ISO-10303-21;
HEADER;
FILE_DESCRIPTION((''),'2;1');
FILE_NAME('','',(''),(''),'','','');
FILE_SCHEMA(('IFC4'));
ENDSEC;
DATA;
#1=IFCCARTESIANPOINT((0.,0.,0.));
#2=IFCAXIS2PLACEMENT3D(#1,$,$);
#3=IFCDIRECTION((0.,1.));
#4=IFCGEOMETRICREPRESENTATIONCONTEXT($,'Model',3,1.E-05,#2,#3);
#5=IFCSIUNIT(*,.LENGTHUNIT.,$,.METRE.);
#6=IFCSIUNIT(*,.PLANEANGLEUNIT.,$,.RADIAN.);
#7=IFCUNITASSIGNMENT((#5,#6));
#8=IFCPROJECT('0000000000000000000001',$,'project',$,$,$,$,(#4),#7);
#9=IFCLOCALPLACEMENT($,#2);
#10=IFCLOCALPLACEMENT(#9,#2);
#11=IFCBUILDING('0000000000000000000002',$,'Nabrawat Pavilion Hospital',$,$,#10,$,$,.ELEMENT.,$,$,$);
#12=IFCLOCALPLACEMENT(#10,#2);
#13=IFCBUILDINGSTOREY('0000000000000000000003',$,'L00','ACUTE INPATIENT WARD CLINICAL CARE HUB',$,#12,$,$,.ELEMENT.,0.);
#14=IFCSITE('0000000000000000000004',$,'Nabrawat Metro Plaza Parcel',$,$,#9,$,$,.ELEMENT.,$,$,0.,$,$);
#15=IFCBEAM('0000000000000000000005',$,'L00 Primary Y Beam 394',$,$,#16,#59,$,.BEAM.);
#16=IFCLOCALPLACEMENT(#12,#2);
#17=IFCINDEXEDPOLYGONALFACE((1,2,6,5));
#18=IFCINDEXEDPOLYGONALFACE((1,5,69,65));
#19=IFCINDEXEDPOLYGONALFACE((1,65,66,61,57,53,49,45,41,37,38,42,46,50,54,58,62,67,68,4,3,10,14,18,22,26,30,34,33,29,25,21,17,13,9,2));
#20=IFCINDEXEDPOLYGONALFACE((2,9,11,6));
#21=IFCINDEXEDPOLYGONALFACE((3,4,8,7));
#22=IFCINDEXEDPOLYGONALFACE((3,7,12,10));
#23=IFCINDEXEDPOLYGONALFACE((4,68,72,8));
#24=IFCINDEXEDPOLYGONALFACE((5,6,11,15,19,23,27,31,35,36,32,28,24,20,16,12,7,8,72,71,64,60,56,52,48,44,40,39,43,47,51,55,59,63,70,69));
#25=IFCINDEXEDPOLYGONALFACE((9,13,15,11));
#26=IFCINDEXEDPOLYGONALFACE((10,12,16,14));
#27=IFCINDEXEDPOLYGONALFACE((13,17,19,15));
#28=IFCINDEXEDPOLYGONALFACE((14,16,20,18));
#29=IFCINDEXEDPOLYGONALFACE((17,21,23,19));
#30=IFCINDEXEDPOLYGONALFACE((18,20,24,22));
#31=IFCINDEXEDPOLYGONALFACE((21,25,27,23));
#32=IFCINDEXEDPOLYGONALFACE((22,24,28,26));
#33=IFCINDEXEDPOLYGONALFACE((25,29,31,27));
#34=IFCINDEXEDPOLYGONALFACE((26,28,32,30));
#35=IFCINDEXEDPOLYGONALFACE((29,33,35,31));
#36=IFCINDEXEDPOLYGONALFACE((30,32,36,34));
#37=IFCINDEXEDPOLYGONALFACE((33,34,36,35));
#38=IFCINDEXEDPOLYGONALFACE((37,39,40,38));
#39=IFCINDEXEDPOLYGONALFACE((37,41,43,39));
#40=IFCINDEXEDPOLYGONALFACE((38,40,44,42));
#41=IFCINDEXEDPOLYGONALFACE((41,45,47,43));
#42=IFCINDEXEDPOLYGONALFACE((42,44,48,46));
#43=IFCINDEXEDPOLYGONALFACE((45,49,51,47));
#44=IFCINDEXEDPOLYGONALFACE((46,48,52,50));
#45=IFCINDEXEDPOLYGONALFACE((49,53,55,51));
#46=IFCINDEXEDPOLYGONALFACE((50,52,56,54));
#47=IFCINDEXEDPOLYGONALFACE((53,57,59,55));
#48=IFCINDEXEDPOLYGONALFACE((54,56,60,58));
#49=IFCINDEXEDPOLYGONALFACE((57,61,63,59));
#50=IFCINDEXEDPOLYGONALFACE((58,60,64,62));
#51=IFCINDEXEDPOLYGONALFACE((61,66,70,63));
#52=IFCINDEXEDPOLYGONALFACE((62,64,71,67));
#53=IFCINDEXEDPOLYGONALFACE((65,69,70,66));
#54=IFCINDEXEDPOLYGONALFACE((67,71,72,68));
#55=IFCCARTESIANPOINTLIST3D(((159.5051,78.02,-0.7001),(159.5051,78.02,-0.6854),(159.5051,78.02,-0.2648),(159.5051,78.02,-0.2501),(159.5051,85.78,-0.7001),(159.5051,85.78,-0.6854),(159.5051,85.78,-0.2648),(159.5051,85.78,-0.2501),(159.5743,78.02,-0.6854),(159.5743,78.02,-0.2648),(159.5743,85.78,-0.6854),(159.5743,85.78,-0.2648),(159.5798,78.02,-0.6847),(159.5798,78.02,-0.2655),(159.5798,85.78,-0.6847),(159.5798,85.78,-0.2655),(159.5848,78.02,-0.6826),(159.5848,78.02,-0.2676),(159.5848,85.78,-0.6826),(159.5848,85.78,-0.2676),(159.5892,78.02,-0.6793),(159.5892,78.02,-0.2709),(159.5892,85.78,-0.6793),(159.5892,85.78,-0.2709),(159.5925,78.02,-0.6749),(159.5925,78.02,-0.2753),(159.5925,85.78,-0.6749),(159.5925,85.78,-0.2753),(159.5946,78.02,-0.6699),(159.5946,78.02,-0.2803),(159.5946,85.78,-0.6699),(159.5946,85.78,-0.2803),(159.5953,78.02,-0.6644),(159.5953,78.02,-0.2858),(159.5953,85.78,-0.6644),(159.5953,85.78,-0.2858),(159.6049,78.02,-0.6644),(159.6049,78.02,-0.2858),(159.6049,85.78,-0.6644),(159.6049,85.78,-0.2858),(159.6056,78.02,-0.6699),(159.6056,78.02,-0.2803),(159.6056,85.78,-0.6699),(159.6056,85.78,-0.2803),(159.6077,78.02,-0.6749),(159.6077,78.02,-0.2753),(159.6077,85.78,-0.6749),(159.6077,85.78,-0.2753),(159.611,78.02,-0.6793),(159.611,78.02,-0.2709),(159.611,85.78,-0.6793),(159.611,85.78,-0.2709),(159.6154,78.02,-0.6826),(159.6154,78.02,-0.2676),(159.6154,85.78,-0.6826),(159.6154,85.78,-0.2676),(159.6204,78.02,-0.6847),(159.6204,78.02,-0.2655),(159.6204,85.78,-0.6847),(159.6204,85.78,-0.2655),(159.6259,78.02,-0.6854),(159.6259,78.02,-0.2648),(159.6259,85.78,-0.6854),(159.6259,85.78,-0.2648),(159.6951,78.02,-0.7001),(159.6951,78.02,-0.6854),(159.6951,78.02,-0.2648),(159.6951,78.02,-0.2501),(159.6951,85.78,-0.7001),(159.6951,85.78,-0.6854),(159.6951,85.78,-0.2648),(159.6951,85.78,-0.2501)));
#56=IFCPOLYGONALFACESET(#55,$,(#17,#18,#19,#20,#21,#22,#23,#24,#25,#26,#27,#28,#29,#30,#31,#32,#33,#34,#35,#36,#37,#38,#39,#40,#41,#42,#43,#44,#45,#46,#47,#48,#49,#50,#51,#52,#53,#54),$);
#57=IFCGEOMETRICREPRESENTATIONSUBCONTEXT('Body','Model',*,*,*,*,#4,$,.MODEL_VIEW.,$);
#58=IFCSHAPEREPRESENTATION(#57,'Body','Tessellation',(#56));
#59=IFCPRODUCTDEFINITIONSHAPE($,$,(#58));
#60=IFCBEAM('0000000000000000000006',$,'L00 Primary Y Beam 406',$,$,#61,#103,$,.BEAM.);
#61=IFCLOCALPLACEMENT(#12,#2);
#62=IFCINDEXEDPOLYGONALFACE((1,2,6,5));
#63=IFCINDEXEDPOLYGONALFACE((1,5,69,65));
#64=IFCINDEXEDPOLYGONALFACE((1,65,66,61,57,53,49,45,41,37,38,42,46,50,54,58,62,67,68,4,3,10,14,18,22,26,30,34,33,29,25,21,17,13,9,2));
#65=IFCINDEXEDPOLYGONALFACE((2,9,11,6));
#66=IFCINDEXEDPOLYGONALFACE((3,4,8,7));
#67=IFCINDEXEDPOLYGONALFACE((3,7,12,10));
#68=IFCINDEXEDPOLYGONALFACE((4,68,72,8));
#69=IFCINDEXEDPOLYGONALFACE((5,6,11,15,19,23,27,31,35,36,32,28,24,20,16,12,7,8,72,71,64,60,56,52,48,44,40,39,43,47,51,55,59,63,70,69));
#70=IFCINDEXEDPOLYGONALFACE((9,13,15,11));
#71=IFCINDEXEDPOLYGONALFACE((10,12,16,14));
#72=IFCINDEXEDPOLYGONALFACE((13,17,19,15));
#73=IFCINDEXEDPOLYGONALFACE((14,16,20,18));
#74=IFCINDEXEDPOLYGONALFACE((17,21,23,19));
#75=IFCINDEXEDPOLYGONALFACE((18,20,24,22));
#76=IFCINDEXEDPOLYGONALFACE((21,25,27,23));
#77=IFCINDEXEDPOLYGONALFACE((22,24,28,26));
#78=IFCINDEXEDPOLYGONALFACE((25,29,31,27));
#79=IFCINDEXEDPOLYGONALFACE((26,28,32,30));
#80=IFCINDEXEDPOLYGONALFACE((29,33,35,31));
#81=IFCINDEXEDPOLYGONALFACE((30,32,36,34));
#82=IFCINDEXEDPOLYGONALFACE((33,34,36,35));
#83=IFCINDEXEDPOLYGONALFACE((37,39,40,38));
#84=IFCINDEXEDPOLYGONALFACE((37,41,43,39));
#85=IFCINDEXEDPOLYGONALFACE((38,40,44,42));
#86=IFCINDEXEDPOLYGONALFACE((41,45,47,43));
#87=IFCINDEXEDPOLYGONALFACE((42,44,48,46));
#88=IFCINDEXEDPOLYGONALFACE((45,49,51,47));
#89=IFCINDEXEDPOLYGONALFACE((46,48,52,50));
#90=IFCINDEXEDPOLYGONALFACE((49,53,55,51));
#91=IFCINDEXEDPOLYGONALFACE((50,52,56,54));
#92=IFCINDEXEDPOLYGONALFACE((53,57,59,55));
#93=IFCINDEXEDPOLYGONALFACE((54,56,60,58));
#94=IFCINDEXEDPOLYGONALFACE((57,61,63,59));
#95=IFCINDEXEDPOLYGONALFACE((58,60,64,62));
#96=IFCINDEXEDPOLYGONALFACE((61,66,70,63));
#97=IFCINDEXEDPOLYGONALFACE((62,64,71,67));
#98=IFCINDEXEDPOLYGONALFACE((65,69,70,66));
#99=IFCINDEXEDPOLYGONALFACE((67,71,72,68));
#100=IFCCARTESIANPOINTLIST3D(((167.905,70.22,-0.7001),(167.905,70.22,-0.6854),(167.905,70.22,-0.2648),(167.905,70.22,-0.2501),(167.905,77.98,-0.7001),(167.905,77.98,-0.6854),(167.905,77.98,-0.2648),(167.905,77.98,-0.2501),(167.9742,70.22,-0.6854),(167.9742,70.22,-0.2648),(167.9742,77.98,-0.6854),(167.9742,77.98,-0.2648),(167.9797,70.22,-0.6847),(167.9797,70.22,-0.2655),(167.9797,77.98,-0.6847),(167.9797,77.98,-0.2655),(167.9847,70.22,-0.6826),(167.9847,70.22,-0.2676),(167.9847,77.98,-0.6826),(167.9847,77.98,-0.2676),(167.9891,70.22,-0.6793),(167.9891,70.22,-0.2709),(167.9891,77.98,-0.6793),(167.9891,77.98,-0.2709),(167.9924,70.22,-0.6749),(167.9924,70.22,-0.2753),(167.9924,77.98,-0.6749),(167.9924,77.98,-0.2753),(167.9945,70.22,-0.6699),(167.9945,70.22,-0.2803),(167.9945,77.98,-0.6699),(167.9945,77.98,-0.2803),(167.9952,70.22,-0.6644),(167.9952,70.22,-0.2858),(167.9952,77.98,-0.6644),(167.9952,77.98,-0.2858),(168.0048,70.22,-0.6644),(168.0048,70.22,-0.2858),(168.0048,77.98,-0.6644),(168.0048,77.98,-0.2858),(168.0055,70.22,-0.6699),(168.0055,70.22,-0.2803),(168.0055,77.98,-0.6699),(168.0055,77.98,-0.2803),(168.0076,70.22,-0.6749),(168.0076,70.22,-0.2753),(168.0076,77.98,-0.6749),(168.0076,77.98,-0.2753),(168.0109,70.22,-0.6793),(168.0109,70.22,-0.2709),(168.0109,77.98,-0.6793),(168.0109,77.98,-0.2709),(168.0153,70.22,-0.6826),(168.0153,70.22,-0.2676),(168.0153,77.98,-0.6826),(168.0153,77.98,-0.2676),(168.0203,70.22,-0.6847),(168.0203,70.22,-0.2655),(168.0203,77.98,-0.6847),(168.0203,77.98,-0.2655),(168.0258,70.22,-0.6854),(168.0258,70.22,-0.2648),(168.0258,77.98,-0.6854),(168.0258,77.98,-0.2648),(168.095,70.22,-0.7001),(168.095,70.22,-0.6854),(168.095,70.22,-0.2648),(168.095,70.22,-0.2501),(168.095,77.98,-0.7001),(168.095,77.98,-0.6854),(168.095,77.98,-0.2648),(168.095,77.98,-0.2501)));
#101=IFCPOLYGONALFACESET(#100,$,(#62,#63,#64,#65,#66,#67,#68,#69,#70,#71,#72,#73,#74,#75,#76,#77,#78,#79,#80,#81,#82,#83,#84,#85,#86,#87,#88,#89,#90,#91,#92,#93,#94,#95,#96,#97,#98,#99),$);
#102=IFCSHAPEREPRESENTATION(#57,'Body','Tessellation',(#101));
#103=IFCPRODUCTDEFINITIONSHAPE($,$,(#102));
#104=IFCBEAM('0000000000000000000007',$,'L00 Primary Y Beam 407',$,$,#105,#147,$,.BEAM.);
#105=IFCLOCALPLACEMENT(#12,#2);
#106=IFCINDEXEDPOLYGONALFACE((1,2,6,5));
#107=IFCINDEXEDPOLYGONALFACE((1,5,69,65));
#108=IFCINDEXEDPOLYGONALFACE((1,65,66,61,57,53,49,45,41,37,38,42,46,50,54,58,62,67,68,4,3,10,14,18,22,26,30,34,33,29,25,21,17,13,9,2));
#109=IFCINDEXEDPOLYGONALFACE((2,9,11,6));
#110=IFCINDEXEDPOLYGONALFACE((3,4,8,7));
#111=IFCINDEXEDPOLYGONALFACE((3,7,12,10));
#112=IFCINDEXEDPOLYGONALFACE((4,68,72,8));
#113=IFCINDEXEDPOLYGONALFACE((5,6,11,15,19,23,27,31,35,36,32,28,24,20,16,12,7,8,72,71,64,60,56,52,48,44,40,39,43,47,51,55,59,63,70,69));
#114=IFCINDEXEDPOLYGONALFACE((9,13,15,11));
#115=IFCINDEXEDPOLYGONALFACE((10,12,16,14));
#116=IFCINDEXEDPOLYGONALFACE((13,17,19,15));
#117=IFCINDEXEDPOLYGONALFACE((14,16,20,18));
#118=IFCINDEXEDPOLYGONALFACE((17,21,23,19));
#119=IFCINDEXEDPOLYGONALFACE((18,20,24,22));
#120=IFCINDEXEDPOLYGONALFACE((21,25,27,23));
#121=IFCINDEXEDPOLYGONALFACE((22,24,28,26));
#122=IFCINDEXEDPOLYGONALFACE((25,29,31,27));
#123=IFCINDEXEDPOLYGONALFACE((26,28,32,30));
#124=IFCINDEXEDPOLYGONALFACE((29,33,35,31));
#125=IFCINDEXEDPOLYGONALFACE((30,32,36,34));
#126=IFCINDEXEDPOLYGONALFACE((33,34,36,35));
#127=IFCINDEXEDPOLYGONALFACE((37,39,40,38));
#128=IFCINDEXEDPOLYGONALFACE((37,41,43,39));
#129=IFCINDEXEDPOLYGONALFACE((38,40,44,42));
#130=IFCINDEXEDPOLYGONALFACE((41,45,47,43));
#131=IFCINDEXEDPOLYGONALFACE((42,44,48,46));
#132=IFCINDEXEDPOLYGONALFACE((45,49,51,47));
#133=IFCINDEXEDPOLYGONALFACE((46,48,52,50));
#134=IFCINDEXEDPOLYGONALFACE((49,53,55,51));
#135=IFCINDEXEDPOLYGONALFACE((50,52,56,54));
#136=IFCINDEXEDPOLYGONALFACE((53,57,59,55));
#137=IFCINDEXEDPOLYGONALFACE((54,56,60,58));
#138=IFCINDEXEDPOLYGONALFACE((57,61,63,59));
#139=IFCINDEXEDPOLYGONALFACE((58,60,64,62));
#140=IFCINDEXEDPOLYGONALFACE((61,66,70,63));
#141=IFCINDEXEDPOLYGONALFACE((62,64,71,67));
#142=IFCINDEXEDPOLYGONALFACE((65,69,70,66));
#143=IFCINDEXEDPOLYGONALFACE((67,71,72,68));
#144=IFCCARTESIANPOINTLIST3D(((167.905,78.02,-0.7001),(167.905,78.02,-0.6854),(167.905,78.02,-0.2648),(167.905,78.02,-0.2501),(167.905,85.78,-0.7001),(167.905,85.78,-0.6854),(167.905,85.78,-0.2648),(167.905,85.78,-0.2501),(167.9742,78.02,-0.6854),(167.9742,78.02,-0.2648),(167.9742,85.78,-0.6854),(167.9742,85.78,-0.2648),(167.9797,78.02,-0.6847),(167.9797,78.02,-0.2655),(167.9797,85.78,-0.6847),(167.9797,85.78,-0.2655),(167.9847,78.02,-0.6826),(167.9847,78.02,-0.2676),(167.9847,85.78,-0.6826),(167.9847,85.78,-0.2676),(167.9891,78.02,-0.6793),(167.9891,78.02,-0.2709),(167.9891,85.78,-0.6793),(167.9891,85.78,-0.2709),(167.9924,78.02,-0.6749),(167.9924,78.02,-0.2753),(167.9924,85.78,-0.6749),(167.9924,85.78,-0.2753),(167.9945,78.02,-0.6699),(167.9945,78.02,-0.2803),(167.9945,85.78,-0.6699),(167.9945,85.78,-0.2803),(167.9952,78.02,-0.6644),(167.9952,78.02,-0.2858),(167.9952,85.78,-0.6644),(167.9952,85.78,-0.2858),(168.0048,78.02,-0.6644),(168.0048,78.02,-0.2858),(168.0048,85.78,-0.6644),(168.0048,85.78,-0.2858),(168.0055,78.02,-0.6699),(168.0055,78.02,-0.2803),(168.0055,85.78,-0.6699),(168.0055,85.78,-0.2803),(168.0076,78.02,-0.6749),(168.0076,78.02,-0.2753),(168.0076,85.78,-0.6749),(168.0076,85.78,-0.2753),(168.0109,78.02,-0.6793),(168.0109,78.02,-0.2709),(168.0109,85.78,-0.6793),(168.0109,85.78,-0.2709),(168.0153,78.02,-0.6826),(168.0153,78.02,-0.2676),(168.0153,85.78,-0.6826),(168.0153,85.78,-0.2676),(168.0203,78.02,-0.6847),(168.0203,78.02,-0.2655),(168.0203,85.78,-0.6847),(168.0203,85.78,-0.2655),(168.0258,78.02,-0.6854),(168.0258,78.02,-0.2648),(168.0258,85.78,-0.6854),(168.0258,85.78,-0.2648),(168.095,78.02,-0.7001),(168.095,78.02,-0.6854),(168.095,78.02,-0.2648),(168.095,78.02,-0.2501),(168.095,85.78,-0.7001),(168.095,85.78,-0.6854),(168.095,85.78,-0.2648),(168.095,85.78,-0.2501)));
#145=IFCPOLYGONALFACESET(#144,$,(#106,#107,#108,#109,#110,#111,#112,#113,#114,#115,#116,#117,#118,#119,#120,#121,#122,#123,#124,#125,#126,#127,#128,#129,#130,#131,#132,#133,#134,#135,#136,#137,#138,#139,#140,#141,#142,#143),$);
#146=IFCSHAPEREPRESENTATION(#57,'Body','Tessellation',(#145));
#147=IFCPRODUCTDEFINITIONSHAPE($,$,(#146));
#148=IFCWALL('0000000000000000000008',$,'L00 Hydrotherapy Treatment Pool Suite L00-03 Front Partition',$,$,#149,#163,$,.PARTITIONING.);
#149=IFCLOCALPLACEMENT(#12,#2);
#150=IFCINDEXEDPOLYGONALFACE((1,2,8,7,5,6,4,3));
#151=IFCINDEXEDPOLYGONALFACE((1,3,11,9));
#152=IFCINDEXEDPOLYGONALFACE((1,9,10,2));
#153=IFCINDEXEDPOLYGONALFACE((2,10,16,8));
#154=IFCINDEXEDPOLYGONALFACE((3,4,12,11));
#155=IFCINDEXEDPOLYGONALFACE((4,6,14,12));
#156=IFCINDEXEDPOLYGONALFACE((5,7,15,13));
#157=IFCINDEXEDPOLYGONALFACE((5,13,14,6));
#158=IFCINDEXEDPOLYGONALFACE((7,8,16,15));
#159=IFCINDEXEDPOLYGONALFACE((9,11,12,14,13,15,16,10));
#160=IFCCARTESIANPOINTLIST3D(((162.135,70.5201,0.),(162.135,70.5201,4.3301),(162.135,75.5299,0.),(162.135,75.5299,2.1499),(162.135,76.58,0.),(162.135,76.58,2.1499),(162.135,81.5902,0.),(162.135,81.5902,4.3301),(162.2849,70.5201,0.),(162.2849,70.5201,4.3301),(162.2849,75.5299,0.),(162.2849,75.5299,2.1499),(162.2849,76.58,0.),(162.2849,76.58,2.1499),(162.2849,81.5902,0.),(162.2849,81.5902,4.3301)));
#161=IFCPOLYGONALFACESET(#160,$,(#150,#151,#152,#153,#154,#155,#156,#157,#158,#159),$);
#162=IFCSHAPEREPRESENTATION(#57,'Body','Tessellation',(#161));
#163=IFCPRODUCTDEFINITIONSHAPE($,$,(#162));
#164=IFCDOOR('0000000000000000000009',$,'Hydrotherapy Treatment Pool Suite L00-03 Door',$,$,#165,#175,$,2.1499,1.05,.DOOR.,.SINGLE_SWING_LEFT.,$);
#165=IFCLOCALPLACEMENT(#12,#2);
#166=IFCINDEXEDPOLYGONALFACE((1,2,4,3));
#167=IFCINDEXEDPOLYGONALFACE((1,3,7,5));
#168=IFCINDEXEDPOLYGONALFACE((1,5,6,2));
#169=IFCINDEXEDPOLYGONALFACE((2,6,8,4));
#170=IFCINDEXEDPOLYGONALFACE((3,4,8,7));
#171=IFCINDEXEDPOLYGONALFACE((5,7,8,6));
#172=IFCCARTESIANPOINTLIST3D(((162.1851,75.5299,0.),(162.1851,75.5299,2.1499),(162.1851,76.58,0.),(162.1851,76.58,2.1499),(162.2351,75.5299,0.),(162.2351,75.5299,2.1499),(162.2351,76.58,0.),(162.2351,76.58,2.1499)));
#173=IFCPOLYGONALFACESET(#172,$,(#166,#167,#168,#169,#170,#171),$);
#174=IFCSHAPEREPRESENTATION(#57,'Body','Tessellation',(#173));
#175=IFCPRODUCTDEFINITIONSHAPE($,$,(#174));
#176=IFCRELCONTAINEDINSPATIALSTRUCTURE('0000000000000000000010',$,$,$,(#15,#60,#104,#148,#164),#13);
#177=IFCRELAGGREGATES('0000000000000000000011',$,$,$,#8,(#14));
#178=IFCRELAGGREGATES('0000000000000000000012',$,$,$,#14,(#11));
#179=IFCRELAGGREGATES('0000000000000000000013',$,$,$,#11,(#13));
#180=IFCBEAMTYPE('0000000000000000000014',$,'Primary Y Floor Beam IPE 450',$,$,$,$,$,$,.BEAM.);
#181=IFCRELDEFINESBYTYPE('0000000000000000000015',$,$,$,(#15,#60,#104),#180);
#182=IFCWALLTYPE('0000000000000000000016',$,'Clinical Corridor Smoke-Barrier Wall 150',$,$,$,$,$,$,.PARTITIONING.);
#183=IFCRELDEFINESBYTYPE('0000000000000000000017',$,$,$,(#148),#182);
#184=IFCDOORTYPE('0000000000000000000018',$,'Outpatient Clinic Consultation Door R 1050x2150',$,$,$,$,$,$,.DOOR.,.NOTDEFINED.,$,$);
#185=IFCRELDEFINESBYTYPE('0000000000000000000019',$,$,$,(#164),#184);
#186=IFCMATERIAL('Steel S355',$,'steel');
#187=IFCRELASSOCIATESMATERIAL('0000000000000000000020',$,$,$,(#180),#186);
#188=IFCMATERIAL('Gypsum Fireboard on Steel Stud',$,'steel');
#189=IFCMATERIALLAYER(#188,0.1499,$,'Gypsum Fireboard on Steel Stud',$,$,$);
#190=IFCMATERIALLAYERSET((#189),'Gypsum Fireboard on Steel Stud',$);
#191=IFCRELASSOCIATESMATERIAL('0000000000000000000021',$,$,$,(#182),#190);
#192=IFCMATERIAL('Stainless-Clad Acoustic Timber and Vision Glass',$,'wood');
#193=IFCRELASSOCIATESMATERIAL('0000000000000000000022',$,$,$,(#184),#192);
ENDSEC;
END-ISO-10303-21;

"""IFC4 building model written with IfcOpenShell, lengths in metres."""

from ifc_helpers import new_model, si_unit, direction, frame, frame_2d, origin, origin_2d, place, context, subcontext, project, spatial, rectangle, i_section, extrude, material, layer, layer_set, material_profile, profile_set, type_object, element, fill, save


model = new_model("IFC4")

# Units and contexts
model_context = context("Model", 3, precision=1e-05, world=origin(), true_north=direction((0.0, 1.0)))
body_context = subcontext(model_context, "Body", "Model", "MODEL_VIEW")
ifc_project = project(units=[si_unit("LENGTHUNIT", "METRE"), si_unit("PLANEANGLEUNIT", "RADIAN")], contexts=[model_context])

# Site, building, storey
site_placement = place(None, origin())
site = spatial("IfcSite", under=ifc_project, at=site_placement, Name="Nabrawat Metro Plaza Parcel", CompositionType="ELEMENT", RefElevation=0.0)
building_placement = place(site_placement, origin())
building = spatial("IfcBuilding", under=site, at=building_placement, Name="Nabrawat Pavilion Hospital", CompositionType="ELEMENT")
storey_placement = place(building_placement, origin())
storey = spatial("IfcBuildingStorey", under=building, at=storey_placement, Name="L00", Description="ACUTE INPATIENT WARD CLINICAL CARE HUB", CompositionType="ELEMENT", Elevation=0.0)

# Shared definitions
ifc_material_1 = material(Name="Steel S355", Category="steel")

# Beams
ifc_material_profile_1 = material_profile(ifc_material_1, i_section(OverallWidth=0.1899, OverallDepth=0.45, WebThickness=0.0095, FlangeThickness=0.0146, FilletRadius=0.021, at=origin_2d()), Name="IPE 450")
ifc_profile_set_1 = profile_set([ifc_material_profile_1], Name="Steel S355")
beam_type_1 = type_object("IfcBeamType", Name="Primary Y Floor Beam IPE 450", PredefinedType="BEAM", material=ifc_profile_set_1)
for number, where, z_axis, x_axis, name in (
    (1, (159.6001, 78.02, -0.4751), (0.0, 1.0, 0.0), (-1.0, 0.0, 0.0), "L00 Primary Y Beam 394"),
    (2, (168.0, 70.22, -0.4751), (0.0, 1.0, 0.0), (-1.0, 0.0, 0.0), "L00 Primary Y Beam 406"),
    (3, (168.0, 78.02, -0.4751), (0.0, 1.0, 0.0), (-1.0, 0.0, 0.0), "L00 Primary Y Beam 407"),
):
    element("IfcBeam", number, at=place(storey_placement, frame(where, z_axis=z_axis, x_axis=x_axis)), inside=storey, type_object=beam_type_1, Name=name, PredefinedType="BEAM", context=body_context, shape_type="SweptSolid", body=[
        extrude(i_section(OverallWidth=0.1899, OverallDepth=0.45, WebThickness=0.0095, FlangeThickness=0.0146, FilletRadius=0.021, at=origin_2d()), origin(), (0.0, 0.0, 1.0), 7.76),
    ])

# Wall, opening, door
ifc_material_2 = material(Name="Gypsum Fireboard on Steel Stud", Category="steel")
ifc_layer_1 = layer(ifc_material_2, 0.1499, Name="Gypsum Fireboard on Steel Stud")
ifc_layer_set_1 = layer_set([ifc_layer_1], Name="Gypsum Fireboard on Steel Stud")
wall_type_1 = type_object("IfcWallType", Name="Clinical Corridor Smoke-Barrier Wall 150", PredefinedType="PARTITIONING", material=ifc_layer_set_1)
wall_1_placement = place(storey_placement, frame((162.21, 70.52, 0.0), z_axis=(0.0, 0.0, 1.0), x_axis=(0.0, 1.0, 0.0)))
wall_1 = element("IfcWall", 4, at=wall_1_placement, inside=storey, type_object=wall_type_1, Name="L00 Hydrotherapy Treatment Pool Suite L00-03 Front Partition", PredefinedType="PARTITIONING", context=body_context, shape_type="SweptSolid", body=[
    extrude(rectangle(XDim=11.0701, YDim=0.1499, at=frame_2d((5.5352, 0.0))), origin(), (0.0, 0.0, 1.0), 4.3301),
])
opening_1_placement = place(wall_1_placement, frame((5.01, 0.0, 0.0)))
opening_1 = element("IfcOpeningElement", 5, at=opening_1_placement, cuts=wall_1, PredefinedType="OPENING", context=body_context, shape_type="SweptSolid", body=[
    extrude(rectangle(XDim=1.05, YDim=2.1499, at=frame_2d((0.5249, 1.075))), frame((0.0, 0.085, 0.0), z_axis=(0.0, -1.0, 0.0), x_axis=(1.0, 0.0, 0.0)), (0.0, 0.0, 1.0), 0.1699),
])
ifc_material_3 = material(Name="Stainless-Clad Acoustic Timber and Vision Glass", Category="wood")
door_type_1 = type_object("IfcDoorType", Name="Outpatient Clinic Consultation Door R 1050x2150", OperationType="NOTDEFINED", PredefinedType="DOOR", material=ifc_material_3)
door_1_placement = place(opening_1_placement, origin())
door_1 = element("IfcDoor", 6, at=door_1_placement, inside=storey, type_object=door_type_1, Name="Hydrotherapy Treatment Pool Suite L00-03 Door", OperationType="SINGLE_SWING_LEFT", OverallHeight=2.1499, OverallWidth=1.05, PredefinedType="DOOR", context=body_context, shape_type="SweptSolid", body=[
    extrude(rectangle(XDim=1.05, YDim=2.1499, at=frame_2d((0.5249, 1.075))), frame((0.0, 0.0249, 0.0), z_axis=(0.0, -1.0, 0.0), x_axis=(1.0, 0.0, 0.0)), (0.0, 0.0, 1.0), 0.05),
])
fill(opening_1, door_1)

save(model, "model.ifc")
